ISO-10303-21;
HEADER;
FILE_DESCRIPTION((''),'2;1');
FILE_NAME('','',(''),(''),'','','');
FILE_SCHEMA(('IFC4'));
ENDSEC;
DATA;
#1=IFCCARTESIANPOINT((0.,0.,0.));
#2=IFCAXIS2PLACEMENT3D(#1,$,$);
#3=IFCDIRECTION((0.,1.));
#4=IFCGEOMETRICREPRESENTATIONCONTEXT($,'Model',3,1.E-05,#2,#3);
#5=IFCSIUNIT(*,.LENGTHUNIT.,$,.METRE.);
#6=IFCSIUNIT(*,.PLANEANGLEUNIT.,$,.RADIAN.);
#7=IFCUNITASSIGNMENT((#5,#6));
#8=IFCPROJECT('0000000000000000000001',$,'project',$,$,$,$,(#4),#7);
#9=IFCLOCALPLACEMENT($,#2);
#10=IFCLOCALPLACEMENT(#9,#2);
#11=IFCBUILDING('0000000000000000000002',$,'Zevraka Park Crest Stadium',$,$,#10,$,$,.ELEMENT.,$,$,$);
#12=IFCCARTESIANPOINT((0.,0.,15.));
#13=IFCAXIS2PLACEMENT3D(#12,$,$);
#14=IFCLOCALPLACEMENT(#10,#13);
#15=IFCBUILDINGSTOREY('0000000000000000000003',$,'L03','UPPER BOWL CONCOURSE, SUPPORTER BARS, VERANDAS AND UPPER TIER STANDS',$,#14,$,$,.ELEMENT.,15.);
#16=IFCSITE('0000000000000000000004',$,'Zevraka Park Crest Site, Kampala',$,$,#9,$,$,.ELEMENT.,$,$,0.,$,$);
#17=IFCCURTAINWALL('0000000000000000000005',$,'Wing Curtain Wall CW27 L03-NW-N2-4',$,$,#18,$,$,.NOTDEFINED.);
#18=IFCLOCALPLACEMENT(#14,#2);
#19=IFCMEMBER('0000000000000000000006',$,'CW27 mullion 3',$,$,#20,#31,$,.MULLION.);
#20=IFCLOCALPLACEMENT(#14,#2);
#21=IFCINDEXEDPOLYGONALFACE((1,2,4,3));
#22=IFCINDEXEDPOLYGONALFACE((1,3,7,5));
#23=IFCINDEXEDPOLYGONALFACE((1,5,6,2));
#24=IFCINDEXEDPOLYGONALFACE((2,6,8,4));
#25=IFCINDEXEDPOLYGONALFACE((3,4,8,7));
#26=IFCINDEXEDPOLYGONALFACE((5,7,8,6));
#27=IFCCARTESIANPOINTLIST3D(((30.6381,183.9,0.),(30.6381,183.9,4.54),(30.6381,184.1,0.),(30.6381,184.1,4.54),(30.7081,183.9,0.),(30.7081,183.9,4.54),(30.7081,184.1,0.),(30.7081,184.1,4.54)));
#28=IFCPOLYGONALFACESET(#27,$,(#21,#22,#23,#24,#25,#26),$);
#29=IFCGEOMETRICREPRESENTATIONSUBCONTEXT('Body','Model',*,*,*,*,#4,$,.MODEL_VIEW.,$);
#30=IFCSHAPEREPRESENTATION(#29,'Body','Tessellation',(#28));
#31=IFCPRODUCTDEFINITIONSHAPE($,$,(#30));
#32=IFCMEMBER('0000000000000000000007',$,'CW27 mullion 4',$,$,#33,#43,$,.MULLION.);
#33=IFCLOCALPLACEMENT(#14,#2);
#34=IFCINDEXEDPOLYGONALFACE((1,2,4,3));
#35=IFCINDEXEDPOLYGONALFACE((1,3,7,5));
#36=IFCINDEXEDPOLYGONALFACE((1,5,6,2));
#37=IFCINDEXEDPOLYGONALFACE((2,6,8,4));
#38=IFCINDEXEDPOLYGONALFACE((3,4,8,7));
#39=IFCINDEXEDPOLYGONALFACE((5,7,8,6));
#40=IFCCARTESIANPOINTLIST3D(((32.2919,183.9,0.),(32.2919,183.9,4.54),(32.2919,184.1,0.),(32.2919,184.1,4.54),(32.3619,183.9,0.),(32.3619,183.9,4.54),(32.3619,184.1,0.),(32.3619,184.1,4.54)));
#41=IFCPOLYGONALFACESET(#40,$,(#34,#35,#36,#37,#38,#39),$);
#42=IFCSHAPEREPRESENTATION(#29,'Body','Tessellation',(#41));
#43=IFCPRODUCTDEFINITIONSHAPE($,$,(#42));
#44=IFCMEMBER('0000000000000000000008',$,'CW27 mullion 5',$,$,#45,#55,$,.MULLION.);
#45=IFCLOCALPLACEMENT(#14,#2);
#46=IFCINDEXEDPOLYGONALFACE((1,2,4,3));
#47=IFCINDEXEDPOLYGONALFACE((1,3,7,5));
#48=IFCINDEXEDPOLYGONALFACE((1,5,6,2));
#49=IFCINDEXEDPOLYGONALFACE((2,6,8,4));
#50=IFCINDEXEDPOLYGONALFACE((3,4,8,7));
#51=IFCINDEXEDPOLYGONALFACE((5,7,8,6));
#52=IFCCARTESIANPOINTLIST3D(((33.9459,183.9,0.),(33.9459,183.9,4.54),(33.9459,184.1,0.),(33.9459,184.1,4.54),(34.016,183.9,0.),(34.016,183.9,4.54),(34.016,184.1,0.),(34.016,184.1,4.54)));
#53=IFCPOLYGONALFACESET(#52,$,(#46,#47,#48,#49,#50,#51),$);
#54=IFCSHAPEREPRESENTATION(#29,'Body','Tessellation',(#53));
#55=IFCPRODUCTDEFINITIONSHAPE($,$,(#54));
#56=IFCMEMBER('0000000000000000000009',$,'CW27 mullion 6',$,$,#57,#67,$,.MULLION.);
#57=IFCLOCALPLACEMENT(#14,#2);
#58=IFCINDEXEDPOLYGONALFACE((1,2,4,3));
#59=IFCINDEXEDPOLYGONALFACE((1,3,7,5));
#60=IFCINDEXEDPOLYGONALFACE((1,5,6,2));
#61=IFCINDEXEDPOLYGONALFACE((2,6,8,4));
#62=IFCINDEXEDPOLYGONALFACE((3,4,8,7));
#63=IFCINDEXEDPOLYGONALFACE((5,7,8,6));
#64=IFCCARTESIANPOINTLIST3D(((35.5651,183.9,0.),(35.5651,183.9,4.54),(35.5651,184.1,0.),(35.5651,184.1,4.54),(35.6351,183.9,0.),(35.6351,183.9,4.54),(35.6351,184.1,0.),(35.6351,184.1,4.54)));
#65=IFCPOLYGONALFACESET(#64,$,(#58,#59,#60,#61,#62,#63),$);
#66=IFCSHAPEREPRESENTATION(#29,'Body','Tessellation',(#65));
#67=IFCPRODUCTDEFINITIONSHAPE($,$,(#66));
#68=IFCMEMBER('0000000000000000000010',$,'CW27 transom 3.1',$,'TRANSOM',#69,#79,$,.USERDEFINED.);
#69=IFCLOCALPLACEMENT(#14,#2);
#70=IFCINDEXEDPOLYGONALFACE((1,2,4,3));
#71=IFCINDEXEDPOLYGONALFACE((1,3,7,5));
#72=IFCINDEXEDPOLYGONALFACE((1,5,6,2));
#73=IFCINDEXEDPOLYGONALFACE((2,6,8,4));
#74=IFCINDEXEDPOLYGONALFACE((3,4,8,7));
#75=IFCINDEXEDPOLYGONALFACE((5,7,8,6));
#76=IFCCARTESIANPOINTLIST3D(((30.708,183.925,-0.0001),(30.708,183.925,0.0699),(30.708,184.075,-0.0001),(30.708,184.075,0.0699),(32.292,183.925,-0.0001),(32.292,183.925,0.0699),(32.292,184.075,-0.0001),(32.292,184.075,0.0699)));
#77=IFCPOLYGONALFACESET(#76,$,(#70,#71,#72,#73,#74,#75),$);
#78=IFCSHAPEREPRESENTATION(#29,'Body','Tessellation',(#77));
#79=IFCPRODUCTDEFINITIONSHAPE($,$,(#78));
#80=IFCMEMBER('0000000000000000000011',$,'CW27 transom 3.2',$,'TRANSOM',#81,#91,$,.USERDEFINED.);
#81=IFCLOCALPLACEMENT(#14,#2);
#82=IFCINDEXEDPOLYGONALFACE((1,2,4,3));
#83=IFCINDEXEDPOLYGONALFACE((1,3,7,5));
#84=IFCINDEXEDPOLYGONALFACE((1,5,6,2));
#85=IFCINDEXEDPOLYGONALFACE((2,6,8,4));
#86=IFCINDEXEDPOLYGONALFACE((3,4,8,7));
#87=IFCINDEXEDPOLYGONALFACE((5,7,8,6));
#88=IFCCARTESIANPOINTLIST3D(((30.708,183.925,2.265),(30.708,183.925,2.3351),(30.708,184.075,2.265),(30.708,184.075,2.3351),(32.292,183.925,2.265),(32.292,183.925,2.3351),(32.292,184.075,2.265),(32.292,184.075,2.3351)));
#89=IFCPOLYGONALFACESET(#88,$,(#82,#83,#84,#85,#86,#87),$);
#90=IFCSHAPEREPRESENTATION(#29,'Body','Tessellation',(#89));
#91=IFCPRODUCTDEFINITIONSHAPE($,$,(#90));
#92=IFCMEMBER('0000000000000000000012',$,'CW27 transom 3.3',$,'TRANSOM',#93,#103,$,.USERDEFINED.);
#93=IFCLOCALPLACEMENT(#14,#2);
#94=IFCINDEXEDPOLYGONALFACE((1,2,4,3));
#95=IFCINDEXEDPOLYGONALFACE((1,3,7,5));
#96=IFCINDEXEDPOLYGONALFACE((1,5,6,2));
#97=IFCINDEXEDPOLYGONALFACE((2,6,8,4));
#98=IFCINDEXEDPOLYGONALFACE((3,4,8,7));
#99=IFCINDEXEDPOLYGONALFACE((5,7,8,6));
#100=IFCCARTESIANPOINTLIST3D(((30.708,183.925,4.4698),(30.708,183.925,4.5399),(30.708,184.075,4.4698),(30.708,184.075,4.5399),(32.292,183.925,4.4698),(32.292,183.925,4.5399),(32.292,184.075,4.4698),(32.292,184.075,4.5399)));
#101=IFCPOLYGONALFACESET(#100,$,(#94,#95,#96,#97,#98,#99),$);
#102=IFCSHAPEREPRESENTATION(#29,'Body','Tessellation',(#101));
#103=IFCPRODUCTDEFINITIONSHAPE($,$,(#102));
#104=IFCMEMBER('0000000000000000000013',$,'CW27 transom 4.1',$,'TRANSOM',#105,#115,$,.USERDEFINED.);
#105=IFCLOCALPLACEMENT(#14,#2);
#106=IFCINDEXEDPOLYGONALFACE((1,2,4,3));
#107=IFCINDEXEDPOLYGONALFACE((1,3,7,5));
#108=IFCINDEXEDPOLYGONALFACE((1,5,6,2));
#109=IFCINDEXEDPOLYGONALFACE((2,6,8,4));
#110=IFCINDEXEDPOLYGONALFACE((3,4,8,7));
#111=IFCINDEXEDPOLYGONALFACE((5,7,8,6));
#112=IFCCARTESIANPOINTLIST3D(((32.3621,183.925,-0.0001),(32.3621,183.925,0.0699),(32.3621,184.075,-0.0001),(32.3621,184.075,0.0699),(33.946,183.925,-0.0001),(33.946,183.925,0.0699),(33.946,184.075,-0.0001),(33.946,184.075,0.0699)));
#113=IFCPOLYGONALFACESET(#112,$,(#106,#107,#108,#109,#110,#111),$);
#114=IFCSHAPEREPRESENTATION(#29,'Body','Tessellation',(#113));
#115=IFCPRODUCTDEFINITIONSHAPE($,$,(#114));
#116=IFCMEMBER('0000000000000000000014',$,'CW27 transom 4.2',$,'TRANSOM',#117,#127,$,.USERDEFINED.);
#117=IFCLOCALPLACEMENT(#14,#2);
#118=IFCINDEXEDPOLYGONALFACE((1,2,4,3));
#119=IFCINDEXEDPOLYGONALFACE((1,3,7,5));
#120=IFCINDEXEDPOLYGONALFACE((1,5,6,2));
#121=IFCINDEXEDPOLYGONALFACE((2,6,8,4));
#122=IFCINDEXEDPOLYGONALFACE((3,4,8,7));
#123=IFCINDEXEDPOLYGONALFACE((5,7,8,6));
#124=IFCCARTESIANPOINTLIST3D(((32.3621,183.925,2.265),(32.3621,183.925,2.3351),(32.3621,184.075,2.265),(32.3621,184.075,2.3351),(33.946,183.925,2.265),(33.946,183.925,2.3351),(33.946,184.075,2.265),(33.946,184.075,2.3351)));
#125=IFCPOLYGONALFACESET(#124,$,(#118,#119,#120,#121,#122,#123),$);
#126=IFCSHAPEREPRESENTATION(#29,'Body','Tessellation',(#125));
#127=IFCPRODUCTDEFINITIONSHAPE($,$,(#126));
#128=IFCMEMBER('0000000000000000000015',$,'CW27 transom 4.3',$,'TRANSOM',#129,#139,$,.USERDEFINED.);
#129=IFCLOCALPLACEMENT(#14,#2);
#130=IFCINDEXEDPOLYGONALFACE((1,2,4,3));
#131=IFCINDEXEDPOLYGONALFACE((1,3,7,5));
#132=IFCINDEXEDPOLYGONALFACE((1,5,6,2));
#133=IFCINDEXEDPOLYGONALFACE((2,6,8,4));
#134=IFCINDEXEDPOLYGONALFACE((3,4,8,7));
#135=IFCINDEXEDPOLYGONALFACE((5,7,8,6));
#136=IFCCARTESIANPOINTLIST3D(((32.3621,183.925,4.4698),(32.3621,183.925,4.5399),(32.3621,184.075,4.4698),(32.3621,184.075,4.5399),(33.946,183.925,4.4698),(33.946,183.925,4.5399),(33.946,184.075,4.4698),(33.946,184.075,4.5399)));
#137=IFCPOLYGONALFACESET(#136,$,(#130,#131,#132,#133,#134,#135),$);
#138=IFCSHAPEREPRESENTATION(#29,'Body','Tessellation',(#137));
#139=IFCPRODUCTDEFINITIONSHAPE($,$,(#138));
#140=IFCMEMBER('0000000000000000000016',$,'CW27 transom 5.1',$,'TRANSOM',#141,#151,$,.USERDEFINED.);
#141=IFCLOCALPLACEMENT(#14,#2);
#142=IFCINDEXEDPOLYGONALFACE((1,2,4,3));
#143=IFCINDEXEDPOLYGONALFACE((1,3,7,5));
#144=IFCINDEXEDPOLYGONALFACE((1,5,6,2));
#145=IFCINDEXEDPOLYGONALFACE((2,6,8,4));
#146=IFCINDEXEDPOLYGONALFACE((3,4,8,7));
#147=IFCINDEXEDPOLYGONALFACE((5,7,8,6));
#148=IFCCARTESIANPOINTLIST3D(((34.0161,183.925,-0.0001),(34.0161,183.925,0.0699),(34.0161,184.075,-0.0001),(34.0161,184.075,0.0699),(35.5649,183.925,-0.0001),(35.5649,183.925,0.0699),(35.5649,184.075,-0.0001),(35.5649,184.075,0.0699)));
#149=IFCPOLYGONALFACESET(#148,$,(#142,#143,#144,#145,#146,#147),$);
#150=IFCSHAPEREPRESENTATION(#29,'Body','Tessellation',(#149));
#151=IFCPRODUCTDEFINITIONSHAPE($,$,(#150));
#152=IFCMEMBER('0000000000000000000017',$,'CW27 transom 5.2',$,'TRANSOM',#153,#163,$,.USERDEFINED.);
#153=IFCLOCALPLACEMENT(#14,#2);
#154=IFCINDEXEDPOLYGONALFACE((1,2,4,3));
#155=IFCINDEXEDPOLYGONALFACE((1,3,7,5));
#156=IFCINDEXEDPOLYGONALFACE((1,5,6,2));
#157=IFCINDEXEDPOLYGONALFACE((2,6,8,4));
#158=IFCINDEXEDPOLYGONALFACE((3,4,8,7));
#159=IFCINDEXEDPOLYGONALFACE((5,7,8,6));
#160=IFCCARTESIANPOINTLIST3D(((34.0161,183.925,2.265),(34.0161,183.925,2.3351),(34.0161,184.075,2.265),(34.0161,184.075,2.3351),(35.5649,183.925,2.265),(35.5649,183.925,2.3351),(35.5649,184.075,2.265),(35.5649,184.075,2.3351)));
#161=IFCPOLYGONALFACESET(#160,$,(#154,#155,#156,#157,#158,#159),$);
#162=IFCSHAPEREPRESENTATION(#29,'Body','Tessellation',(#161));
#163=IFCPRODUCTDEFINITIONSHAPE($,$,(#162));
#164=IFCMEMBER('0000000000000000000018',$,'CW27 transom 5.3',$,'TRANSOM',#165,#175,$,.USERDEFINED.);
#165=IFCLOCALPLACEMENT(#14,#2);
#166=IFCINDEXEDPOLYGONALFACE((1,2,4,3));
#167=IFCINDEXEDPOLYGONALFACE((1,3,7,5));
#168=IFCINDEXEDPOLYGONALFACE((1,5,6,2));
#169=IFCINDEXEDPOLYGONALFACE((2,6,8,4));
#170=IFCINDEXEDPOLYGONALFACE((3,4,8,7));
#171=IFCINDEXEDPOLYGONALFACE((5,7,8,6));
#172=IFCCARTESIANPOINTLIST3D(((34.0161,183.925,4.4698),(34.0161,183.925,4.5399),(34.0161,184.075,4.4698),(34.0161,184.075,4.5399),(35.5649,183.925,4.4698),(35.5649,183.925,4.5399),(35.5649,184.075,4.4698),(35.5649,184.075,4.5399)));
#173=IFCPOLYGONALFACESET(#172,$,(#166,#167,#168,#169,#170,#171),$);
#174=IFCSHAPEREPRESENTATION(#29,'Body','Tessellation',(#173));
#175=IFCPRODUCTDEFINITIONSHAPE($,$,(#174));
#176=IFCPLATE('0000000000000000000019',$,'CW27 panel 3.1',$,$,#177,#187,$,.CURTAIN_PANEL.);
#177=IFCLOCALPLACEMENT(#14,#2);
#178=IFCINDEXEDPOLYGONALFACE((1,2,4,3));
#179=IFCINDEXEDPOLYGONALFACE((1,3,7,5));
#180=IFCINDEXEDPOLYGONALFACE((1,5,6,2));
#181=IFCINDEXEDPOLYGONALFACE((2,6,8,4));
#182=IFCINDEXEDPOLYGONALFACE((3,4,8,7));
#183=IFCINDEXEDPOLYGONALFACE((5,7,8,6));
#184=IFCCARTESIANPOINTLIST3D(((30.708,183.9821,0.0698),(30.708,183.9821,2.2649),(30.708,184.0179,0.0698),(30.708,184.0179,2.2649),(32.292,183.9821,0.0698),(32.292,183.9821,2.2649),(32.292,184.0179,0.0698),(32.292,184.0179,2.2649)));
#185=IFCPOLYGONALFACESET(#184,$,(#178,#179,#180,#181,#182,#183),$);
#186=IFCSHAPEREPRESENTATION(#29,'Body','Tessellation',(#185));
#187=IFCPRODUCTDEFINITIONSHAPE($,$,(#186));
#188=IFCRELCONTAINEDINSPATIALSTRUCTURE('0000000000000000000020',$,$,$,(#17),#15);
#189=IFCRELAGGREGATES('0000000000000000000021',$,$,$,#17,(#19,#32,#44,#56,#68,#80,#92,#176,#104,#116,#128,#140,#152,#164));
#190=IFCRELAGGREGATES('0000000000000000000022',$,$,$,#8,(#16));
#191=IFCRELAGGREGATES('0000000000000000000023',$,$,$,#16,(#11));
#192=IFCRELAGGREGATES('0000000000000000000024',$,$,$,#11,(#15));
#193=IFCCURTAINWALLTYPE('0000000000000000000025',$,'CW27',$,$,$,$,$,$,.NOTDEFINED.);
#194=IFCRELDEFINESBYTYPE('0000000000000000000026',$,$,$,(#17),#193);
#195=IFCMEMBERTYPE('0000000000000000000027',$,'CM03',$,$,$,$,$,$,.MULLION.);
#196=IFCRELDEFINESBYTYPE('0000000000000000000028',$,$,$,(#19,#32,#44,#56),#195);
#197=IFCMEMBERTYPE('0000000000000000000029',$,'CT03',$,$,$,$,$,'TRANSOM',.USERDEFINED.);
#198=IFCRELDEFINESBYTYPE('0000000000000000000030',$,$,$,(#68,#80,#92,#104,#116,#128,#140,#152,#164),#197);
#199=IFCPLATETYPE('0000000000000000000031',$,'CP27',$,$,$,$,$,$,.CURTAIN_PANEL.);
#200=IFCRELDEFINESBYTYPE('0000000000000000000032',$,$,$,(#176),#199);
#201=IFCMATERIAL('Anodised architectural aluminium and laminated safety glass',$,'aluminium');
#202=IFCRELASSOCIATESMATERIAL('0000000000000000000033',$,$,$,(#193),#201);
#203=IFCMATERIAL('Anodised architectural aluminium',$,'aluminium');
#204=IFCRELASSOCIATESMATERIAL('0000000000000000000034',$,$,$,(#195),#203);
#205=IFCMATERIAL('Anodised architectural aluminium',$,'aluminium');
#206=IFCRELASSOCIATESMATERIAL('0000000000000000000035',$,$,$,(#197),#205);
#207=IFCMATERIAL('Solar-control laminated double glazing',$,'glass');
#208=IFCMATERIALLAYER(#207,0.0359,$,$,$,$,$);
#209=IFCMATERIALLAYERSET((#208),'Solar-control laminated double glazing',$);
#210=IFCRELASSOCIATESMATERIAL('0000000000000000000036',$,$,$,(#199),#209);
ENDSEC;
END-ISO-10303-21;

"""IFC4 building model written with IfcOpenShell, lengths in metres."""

from ifc_helpers import new_model, si_unit, direction, frame, origin, origin_2d, place, context, subcontext, project, spatial, rectangle, extrude, material, layer, layer_set, material_profile, profile_set, type_object, element, aggregate, save


model = new_model("IFC4")

# Units and contexts
model_context = context("Model", 3, precision=1e-05, world=origin(), true_north=direction((0.0, 1.0)))
body_context = subcontext(model_context, "Body", "Model", "MODEL_VIEW")
ifc_project = project(units=[si_unit("LENGTHUNIT", "METRE"), si_unit("PLANEANGLEUNIT", "RADIAN")], contexts=[model_context])

# Site, building, storey
site_placement = place(None, origin())
site = spatial("IfcSite", under=ifc_project, at=site_placement, Name="Zevraka Park Crest Site, Kampala", CompositionType="ELEMENT", RefElevation=0.0)
building_placement = place(site_placement, origin())
building = spatial("IfcBuilding", under=site, at=building_placement, Name="Zevraka Park Crest Stadium", CompositionType="ELEMENT")
storey_placement = place(building_placement, frame((0.0, 0.0, 15.0)))
storey = spatial("IfcBuildingStorey", under=building, at=storey_placement, Name="L03", Description="UPPER BOWL CONCOURSE, SUPPORTER BARS, VERANDAS AND UPPER TIER STANDS", CompositionType="ELEMENT", Elevation=15.0)

# Curtain wall, members, plate
ifc_material_1 = material(Name="Anodised architectural aluminium and laminated safety glass", Category="aluminium")
curtain_wall_type = type_object("IfcCurtainWallType", Name="CW27", PredefinedType="NOTDEFINED", material=ifc_material_1)
curtain_wall_placement = place(storey_placement, origin())
curtain_wall = element("IfcCurtainWall", 1, at=curtain_wall_placement, inside=storey, type_object=curtain_wall_type, Name="Wing Curtain Wall CW27 L03-NW-N2-4", PredefinedType="NOTDEFINED")
ifc_material_2 = material(Name="Anodised architectural aluminium", Category="aluminium")
ifc_material_profile_1 = material_profile(ifc_material_2, rectangle(XDim=0.2, YDim=0.0701, at=origin_2d()), Name="ALU MULLION 200x70")
ifc_profile_set_1 = profile_set([ifc_material_profile_1], Name="Anodised architectural aluminium")
member_type_1 = type_object("IfcMemberType", Name="CM03", PredefinedType="MULLION", material=ifc_profile_set_1)
member_1_placement = place(storey_placement, frame((30.6731, 184.0, 0.0), z_axis=(0.0, 0.0, 1.0), x_axis=(0.0, 1.0, 0.0)))
member_1 = element("IfcMember", 2, at=member_1_placement, type_object=member_type_1, Name="CW27 mullion 3", PredefinedType="MULLION", context=body_context, shape_type="SweptSolid", body=[
    extrude(rectangle(XDim=0.2, YDim=0.0701, at=origin_2d()), origin(), (0.0, 0.0, 1.0), 4.54),
])
member_2_placement = place(storey_placement, frame((32.3269, 184.0, 0.0), z_axis=(0.0, 0.0, 1.0), x_axis=(0.0, 1.0, 0.0)))
member_2 = element("IfcMember", 3, at=member_2_placement, type_object=member_type_1, Name="CW27 mullion 4", PredefinedType="MULLION", context=body_context, shape_type="SweptSolid", body=[
    extrude(rectangle(XDim=0.2, YDim=0.0701, at=origin_2d()), origin(), (0.0, 0.0, 1.0), 4.54),
])
member_3_placement = place(storey_placement, frame((33.981, 184.0, 0.0), z_axis=(0.0, 0.0, 1.0), x_axis=(0.0, 1.0, 0.0)))
member_3 = element("IfcMember", 4, at=member_3_placement, type_object=member_type_1, Name="CW27 mullion 5", PredefinedType="MULLION", context=body_context, shape_type="SweptSolid", body=[
    extrude(rectangle(XDim=0.2, YDim=0.0701, at=origin_2d()), origin(), (0.0, 0.0, 1.0), 4.54),
])
member_4_placement = place(storey_placement, frame((35.6001, 184.0, 0.0), z_axis=(0.0, 0.0, 1.0), x_axis=(0.0, 1.0, 0.0)))
member_4 = element("IfcMember", 5, at=member_4_placement, type_object=member_type_1, Name="CW27 mullion 6", PredefinedType="MULLION", context=body_context, shape_type="SweptSolid", body=[
    extrude(rectangle(XDim=0.2, YDim=0.0701, at=origin_2d()), origin(), (0.0, 0.0, 1.0), 4.54),
])
ifc_material_3 = material(Name="Anodised architectural aluminium", Category="aluminium")
ifc_material_profile_2 = material_profile(ifc_material_3, rectangle(XDim=0.1499, YDim=0.0701, at=origin_2d()), Name="ALU TRANSOM 150x70")
ifc_profile_set_2 = profile_set([ifc_material_profile_2], Name="Anodised architectural aluminium")
member_type_2 = type_object("IfcMemberType", Name="CT03", ElementType="TRANSOM", PredefinedType="USERDEFINED", material=ifc_profile_set_2)
member_5_placement = place(storey_placement, frame((30.708, 184.0, 0.0349), z_axis=(1.0, 0.0, 0.0), x_axis=(0.0, 1.0, 0.0)))
member_5 = element("IfcMember", 6, at=member_5_placement, type_object=member_type_2, Name="CW27 transom 3.1", ObjectType="TRANSOM", PredefinedType="USERDEFINED", context=body_context, shape_type="SweptSolid", body=[
    extrude(rectangle(XDim=0.1499, YDim=0.0701, at=origin_2d()), origin(), (0.0, 0.0, 1.0), 1.584),
])
member_6_placement = place(storey_placement, frame((30.708, 184.0, 2.3), z_axis=(1.0, 0.0, 0.0), x_axis=(0.0, 1.0, 0.0)))
member_6 = element("IfcMember", 7, at=member_6_placement, type_object=member_type_2, Name="CW27 transom 3.2", ObjectType="TRANSOM", PredefinedType="USERDEFINED", context=body_context, shape_type="SweptSolid", body=[
    extrude(rectangle(XDim=0.1499, YDim=0.0701, at=origin_2d()), origin(), (0.0, 0.0, 1.0), 1.584),
])
member_7_placement = place(storey_placement, frame((30.708, 184.0, 4.5049), z_axis=(1.0, 0.0, 0.0), x_axis=(0.0, 1.0, 0.0)))
member_7 = element("IfcMember", 8, at=member_7_placement, type_object=member_type_2, Name="CW27 transom 3.3", ObjectType="TRANSOM", PredefinedType="USERDEFINED", context=body_context, shape_type="SweptSolid", body=[
    extrude(rectangle(XDim=0.1499, YDim=0.0701, at=origin_2d()), origin(), (0.0, 0.0, 1.0), 1.584),
])
member_8_placement = place(storey_placement, frame((32.3621, 184.0, 0.0349), z_axis=(1.0, 0.0, 0.0), x_axis=(0.0, 1.0, 0.0)))
member_8 = element("IfcMember", 9, at=member_8_placement, type_object=member_type_2, Name="CW27 transom 4.1", ObjectType="TRANSOM", PredefinedType="USERDEFINED", context=body_context, shape_type="SweptSolid", body=[
    extrude(rectangle(XDim=0.1499, YDim=0.0701, at=origin_2d()), origin(), (0.0, 0.0, 1.0), 1.584),
])
member_9_placement = place(storey_placement, frame((32.3621, 184.0, 2.3), z_axis=(1.0, 0.0, 0.0), x_axis=(0.0, 1.0, 0.0)))
member_9 = element("IfcMember", 10, at=member_9_placement, type_object=member_type_2, Name="CW27 transom 4.2", ObjectType="TRANSOM", PredefinedType="USERDEFINED", context=body_context, shape_type="SweptSolid", body=[
    extrude(rectangle(XDim=0.1499, YDim=0.0701, at=origin_2d()), origin(), (0.0, 0.0, 1.0), 1.584),
])
member_10_placement = place(storey_placement, frame((32.3621, 184.0, 4.5049), z_axis=(1.0, 0.0, 0.0), x_axis=(0.0, 1.0, 0.0)))
member_10 = element("IfcMember", 11, at=member_10_placement, type_object=member_type_2, Name="CW27 transom 4.3", ObjectType="TRANSOM", PredefinedType="USERDEFINED", context=body_context, shape_type="SweptSolid", body=[
    extrude(rectangle(XDim=0.1499, YDim=0.0701, at=origin_2d()), origin(), (0.0, 0.0, 1.0), 1.584),
])
member_11_placement = place(storey_placement, frame((34.0161, 184.0, 0.0349), z_axis=(1.0, 0.0, 0.0), x_axis=(0.0, 1.0, 0.0)))
member_11 = element("IfcMember", 12, at=member_11_placement, type_object=member_type_2, Name="CW27 transom 5.1", ObjectType="TRANSOM", PredefinedType="USERDEFINED", context=body_context, shape_type="SweptSolid", body=[
    extrude(rectangle(XDim=0.1499, YDim=0.0701, at=origin_2d()), origin(), (0.0, 0.0, 1.0), 1.5488),
])
member_12_placement = place(storey_placement, frame((34.0161, 184.0, 2.3), z_axis=(1.0, 0.0, 0.0), x_axis=(0.0, 1.0, 0.0)))
member_12 = element("IfcMember", 13, at=member_12_placement, type_object=member_type_2, Name="CW27 transom 5.2", ObjectType="TRANSOM", PredefinedType="USERDEFINED", context=body_context, shape_type="SweptSolid", body=[
    extrude(rectangle(XDim=0.1499, YDim=0.0701, at=origin_2d()), origin(), (0.0, 0.0, 1.0), 1.5488),
])
member_13_placement = place(storey_placement, frame((34.0161, 184.0, 4.5049), z_axis=(1.0, 0.0, 0.0), x_axis=(0.0, 1.0, 0.0)))
member_13 = element("IfcMember", 14, at=member_13_placement, type_object=member_type_2, Name="CW27 transom 5.3", ObjectType="TRANSOM", PredefinedType="USERDEFINED", context=body_context, shape_type="SweptSolid", body=[
    extrude(rectangle(XDim=0.1499, YDim=0.0701, at=origin_2d()), origin(), (0.0, 0.0, 1.0), 1.5488),
])
ifc_material_4 = material(Name="Solar-control laminated double glazing", Category="glass")
ifc_layer_1 = layer(ifc_material_4, 0.0359)
ifc_layer_set_1 = layer_set([ifc_layer_1], Name="Solar-control laminated double glazing")
plate_type = type_object("IfcPlateType", Name="CP27", PredefinedType="CURTAIN_PANEL", material=ifc_layer_set_1)
plate_1_placement = place(storey_placement, frame((31.5, 184.0, 0.0698), z_axis=(0.0, 0.0, 1.0), x_axis=(1.0, 0.0, 0.0)))
plate_1 = element("IfcPlate", 15, at=plate_1_placement, type_object=plate_type, Name="CW27 panel 3.1", PredefinedType="CURTAIN_PANEL", context=body_context, shape_type="SweptSolid", body=[
    extrude(rectangle(XDim=1.584, YDim=0.0359, at=origin_2d()), origin(), (0.0, 0.0, 1.0), 2.1951),
])
aggregate(curtain_wall, [member_1, member_2, member_3, member_4, member_5, member_6, member_7, plate_1, member_8, member_9, member_10, member_11, member_12, member_13])

save(model, "model.ifc")
